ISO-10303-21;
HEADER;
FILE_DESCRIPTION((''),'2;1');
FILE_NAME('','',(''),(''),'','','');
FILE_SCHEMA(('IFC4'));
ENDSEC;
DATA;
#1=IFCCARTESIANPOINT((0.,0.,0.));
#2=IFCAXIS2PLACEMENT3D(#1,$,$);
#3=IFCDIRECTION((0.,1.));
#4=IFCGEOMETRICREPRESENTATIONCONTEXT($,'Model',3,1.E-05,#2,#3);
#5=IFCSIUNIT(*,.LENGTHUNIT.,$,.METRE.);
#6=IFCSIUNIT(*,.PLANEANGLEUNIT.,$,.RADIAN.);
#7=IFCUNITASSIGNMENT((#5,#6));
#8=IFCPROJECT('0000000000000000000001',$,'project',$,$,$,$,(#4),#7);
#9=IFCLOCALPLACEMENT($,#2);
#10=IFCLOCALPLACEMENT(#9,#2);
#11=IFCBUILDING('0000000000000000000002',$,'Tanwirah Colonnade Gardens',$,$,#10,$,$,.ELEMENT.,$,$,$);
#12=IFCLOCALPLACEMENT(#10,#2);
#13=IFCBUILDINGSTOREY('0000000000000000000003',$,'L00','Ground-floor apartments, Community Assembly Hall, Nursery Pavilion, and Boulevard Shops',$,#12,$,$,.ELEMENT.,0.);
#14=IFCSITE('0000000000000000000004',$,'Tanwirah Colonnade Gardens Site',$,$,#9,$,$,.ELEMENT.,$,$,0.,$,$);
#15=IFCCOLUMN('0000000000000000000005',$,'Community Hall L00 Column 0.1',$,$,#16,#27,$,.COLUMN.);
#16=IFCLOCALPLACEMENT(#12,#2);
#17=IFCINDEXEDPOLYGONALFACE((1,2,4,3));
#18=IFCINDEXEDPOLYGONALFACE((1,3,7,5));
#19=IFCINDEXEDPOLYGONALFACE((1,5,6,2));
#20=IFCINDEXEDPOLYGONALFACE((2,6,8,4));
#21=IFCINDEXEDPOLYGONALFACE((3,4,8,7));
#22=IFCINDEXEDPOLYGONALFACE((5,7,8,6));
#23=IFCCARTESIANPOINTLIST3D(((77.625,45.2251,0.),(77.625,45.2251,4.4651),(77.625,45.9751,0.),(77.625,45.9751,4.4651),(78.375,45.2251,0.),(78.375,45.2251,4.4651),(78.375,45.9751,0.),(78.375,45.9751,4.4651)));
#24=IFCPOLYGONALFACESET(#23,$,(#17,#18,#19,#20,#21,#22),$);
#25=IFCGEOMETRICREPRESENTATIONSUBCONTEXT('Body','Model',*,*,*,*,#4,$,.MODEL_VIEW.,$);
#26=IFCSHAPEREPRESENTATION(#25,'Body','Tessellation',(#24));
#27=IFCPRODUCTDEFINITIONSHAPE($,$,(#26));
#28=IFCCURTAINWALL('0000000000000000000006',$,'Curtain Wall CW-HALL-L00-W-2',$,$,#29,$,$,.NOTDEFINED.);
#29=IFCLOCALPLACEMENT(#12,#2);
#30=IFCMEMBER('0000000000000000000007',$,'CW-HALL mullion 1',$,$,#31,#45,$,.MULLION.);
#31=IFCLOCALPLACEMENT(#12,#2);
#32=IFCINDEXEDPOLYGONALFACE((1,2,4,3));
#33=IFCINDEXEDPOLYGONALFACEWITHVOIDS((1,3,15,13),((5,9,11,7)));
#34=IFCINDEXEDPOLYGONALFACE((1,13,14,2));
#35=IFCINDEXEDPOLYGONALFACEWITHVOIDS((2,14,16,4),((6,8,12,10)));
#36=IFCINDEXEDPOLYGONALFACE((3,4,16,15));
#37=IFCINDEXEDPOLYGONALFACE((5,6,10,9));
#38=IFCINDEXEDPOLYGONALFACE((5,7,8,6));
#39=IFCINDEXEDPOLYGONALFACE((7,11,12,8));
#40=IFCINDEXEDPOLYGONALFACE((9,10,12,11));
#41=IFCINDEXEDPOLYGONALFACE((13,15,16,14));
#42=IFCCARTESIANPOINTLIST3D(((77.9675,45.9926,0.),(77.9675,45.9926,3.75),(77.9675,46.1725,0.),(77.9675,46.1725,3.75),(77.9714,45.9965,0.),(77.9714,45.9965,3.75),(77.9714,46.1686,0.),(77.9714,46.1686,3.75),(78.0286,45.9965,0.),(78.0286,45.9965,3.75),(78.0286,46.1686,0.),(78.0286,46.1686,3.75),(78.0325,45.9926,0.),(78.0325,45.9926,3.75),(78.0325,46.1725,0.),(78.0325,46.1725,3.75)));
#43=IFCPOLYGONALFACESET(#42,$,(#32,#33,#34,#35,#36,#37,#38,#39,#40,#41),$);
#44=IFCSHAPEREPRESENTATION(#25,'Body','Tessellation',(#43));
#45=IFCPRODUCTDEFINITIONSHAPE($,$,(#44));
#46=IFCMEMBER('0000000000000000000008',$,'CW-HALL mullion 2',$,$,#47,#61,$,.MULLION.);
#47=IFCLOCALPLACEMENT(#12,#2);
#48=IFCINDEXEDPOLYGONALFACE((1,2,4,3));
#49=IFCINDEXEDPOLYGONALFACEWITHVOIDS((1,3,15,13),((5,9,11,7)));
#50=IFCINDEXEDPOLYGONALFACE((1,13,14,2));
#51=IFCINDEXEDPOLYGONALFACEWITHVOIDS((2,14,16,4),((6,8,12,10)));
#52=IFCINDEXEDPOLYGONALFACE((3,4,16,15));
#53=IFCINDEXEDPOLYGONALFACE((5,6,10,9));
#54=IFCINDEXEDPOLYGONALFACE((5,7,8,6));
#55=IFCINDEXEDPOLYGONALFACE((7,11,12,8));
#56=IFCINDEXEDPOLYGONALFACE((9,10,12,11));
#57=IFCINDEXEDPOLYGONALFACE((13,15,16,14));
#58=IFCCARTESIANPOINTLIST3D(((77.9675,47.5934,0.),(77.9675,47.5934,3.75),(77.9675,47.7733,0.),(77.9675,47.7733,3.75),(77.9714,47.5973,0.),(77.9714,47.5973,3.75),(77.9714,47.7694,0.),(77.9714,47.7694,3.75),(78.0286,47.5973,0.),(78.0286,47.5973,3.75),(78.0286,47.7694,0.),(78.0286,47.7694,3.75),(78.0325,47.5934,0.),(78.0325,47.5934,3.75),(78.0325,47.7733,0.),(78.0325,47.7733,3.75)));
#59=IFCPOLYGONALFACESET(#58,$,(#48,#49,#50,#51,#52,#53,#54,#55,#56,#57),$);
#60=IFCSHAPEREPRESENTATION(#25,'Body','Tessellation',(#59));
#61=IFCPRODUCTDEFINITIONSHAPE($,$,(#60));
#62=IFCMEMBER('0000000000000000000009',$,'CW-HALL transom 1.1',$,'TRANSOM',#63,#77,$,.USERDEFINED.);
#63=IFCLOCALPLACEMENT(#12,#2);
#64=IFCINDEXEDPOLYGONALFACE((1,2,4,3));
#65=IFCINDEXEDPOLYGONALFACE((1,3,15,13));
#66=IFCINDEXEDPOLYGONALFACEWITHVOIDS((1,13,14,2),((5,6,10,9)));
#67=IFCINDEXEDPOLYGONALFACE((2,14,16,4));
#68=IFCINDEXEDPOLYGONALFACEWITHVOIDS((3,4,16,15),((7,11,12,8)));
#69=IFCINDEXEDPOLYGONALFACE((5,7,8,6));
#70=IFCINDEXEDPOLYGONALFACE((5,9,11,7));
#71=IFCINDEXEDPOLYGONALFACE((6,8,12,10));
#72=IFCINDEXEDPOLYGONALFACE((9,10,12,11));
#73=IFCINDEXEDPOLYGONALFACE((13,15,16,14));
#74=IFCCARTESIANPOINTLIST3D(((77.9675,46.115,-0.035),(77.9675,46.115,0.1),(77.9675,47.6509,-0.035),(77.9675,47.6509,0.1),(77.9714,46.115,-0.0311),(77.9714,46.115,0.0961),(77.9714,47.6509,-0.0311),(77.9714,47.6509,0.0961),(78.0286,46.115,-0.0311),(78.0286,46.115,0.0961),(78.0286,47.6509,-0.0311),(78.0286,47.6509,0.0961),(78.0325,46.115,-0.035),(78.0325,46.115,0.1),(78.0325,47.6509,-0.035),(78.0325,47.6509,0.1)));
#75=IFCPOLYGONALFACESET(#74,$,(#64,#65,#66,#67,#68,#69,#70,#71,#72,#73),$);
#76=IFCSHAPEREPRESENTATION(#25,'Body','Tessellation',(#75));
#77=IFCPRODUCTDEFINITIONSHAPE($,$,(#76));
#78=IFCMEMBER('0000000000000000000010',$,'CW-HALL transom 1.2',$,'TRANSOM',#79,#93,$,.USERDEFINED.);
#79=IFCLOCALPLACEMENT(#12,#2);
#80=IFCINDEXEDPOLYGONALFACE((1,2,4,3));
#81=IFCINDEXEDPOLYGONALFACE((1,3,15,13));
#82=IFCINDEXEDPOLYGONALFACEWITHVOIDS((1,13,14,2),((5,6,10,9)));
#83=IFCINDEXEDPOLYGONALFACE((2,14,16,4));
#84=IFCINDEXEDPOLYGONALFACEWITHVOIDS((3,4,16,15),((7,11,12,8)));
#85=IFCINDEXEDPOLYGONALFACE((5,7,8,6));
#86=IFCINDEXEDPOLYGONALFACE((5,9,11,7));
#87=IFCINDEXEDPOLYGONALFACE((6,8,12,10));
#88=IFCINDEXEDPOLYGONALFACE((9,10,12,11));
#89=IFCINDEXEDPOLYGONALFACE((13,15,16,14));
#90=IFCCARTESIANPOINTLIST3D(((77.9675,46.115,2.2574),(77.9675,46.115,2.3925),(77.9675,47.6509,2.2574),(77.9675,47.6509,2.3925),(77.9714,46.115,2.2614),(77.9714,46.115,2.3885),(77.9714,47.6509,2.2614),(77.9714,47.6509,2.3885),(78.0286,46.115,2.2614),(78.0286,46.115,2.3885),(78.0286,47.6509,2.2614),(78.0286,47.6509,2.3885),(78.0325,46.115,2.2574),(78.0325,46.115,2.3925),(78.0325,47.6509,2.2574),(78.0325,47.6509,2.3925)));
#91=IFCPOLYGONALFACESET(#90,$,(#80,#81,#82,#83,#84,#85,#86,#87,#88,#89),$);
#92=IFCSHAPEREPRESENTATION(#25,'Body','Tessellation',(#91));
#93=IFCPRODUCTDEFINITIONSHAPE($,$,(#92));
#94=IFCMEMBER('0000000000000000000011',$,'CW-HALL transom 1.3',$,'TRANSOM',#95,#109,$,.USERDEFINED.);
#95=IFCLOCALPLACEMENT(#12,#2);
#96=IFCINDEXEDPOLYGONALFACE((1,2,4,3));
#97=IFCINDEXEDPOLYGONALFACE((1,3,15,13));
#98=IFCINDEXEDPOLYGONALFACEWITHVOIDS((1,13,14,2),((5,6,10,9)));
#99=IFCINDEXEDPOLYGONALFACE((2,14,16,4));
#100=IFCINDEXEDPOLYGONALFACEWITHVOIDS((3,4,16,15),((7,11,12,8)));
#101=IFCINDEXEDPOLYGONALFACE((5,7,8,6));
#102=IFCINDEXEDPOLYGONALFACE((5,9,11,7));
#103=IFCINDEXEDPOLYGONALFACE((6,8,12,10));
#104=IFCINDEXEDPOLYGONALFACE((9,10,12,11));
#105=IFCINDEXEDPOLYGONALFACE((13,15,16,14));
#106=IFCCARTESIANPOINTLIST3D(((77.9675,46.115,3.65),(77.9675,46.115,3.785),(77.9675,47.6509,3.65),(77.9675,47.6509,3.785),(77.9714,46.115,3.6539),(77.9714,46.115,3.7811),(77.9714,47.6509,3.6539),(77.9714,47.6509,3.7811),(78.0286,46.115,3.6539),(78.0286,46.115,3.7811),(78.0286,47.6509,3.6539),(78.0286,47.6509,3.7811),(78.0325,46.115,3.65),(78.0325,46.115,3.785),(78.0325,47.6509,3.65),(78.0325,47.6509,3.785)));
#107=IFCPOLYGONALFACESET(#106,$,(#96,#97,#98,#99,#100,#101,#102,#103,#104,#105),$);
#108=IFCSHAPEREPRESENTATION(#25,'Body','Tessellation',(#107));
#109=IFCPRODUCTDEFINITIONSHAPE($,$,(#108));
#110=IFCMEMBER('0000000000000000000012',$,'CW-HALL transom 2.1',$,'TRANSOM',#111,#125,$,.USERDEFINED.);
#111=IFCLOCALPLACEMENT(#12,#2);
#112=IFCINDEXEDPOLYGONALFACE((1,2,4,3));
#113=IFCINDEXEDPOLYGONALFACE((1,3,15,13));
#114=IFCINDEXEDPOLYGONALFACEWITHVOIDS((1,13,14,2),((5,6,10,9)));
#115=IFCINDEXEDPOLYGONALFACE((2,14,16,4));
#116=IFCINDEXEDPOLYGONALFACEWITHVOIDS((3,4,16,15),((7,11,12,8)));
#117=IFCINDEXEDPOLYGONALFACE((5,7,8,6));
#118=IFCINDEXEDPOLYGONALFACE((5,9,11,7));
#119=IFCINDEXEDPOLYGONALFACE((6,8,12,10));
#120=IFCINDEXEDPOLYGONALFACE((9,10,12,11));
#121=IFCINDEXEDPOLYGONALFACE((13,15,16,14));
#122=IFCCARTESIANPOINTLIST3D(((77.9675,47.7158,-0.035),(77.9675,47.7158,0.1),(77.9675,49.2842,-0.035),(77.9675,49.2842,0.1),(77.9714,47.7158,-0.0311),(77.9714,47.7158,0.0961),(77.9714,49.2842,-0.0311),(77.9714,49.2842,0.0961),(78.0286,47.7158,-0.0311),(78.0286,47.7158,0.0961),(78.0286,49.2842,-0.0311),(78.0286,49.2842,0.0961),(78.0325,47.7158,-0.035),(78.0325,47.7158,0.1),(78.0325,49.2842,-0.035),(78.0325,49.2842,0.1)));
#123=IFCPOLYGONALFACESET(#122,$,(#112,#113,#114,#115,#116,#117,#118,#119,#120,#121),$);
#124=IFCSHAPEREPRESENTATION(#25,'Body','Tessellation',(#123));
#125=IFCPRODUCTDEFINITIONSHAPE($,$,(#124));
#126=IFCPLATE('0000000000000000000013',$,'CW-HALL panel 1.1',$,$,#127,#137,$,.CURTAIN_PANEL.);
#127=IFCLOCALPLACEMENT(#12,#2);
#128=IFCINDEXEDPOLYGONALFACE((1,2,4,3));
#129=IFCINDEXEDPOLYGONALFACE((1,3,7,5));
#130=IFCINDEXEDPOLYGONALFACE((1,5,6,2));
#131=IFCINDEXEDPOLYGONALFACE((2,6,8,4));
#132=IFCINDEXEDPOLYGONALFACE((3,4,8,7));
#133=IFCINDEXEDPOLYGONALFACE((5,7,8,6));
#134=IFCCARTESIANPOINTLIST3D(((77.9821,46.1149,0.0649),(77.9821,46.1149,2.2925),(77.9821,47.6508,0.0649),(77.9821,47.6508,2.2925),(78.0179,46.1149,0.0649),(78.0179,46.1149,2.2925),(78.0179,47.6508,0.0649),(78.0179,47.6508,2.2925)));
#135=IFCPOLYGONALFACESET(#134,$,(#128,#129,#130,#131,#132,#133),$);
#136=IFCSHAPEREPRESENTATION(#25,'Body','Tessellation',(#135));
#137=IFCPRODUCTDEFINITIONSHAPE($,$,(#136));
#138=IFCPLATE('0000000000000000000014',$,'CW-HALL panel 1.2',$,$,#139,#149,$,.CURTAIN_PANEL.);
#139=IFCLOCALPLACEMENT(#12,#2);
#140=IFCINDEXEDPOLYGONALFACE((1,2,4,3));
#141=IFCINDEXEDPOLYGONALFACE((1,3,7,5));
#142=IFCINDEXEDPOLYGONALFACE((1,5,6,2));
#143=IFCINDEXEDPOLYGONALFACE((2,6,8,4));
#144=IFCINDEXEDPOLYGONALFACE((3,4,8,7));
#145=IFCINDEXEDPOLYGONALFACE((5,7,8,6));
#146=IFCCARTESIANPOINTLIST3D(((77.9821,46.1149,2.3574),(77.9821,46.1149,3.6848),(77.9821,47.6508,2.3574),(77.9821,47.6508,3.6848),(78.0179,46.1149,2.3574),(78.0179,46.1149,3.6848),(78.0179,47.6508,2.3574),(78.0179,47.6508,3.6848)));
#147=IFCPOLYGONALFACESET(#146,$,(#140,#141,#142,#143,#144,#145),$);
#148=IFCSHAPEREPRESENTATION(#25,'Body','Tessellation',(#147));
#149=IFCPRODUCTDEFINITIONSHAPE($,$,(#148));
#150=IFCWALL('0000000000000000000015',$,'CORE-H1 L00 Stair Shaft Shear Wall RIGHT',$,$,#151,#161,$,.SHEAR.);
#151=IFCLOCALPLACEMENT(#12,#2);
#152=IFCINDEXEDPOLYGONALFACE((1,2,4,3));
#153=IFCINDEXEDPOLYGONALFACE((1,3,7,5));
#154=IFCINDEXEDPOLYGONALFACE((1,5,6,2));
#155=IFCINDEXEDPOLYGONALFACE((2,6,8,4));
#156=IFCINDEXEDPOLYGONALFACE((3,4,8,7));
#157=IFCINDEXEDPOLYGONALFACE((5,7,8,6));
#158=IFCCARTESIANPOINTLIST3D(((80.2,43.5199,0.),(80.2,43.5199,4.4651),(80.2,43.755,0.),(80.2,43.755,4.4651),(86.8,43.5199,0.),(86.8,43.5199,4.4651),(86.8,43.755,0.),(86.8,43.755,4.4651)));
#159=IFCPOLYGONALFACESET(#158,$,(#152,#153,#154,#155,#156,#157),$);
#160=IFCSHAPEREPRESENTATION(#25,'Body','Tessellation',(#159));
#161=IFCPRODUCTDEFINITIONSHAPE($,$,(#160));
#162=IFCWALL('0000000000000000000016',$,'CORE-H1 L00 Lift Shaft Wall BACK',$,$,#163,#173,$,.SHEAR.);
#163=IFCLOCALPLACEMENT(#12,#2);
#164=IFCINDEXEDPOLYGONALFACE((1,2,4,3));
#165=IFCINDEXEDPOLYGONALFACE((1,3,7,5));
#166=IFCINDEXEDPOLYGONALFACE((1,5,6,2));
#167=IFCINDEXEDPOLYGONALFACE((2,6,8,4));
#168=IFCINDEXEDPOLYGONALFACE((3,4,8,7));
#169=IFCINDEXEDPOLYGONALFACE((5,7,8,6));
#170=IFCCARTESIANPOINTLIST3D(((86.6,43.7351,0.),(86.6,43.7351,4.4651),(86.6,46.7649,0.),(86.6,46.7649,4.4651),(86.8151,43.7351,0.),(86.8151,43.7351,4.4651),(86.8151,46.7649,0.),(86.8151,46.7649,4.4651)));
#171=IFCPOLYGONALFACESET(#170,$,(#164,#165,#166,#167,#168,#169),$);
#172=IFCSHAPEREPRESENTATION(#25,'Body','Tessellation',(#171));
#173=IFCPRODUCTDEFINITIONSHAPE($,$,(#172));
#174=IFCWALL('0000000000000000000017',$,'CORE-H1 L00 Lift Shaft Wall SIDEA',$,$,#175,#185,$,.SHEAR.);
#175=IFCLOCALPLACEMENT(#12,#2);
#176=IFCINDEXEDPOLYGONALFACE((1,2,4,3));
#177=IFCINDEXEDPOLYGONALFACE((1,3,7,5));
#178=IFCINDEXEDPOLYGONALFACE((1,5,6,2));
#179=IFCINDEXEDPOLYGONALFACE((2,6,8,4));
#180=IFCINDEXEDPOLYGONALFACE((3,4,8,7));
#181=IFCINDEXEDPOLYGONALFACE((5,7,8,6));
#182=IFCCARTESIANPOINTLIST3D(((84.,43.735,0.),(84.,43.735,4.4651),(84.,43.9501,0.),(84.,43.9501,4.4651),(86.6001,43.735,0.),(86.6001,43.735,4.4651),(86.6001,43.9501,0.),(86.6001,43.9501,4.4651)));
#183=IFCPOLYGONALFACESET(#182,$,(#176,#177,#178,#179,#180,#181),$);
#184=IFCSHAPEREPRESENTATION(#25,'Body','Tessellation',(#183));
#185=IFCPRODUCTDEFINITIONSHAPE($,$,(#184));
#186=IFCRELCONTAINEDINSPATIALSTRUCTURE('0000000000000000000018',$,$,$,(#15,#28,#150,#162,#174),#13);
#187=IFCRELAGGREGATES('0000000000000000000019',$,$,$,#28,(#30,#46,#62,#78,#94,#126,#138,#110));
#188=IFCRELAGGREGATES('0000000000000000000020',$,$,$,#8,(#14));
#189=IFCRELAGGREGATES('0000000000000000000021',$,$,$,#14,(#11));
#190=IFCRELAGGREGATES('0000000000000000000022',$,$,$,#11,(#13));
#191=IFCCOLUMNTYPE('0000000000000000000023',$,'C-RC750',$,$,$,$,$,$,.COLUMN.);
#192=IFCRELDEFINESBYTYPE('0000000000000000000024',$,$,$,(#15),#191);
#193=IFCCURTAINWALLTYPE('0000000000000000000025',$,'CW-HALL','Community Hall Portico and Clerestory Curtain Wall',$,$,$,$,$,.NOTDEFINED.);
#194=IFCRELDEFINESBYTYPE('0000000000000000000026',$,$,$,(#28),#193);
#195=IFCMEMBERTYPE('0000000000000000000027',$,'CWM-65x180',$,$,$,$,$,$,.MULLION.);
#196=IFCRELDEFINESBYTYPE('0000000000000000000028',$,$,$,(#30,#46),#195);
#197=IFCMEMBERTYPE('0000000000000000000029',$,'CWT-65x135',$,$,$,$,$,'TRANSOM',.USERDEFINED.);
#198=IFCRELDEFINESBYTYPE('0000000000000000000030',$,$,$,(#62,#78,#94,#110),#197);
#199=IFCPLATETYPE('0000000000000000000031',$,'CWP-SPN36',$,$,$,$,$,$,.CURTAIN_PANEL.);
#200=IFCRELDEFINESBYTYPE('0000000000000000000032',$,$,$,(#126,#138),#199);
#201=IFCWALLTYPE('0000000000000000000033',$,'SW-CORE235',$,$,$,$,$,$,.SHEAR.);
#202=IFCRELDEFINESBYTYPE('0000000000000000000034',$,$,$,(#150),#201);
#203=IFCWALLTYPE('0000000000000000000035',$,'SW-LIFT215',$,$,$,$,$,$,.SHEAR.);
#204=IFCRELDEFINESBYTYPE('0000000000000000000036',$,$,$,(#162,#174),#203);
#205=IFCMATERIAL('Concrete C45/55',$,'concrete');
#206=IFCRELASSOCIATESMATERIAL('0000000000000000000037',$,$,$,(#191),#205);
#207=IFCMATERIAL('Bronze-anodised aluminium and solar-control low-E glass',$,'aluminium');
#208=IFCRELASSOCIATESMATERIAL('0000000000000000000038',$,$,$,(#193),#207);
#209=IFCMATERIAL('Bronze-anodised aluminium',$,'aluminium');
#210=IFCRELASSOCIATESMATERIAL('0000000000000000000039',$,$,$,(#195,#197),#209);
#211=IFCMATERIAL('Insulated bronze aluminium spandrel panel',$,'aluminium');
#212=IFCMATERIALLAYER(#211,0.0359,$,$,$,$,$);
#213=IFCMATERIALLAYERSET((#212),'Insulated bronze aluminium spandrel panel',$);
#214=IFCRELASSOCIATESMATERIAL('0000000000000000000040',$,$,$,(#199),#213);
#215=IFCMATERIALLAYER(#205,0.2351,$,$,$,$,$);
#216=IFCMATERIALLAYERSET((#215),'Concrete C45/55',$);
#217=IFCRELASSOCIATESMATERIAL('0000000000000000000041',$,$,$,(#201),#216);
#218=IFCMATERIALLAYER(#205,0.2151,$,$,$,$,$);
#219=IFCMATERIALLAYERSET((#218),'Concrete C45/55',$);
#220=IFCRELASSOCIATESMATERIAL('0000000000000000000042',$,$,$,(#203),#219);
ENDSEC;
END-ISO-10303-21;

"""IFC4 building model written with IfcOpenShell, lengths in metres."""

from ifc_helpers import new_model, si_unit, direction, frame, frame_2d, origin, origin_2d, place, context, subcontext, project, spatial, rectangle, hollow_rectangle, extrude, material, layer, layer_set, material_profile, profile_set, type_object, element, aggregate, save


model = new_model("IFC4")

# Units and contexts
model_context = context("Model", 3, precision=1e-05, world=origin(), true_north=direction((0.0, 1.0)))
body_context = subcontext(model_context, "Body", "Model", "MODEL_VIEW")
ifc_project = project(units=[si_unit("LENGTHUNIT", "METRE"), si_unit("PLANEANGLEUNIT", "RADIAN")], contexts=[model_context])

# Site, building, storey
site_placement = place(None, origin())
site = spatial("IfcSite", under=ifc_project, at=site_placement, Name="Tanwirah Colonnade Gardens Site", CompositionType="ELEMENT", RefElevation=0.0)
building_placement = place(site_placement, origin())
building = spatial("IfcBuilding", under=site, at=building_placement, Name="Tanwirah Colonnade Gardens", CompositionType="ELEMENT")
storey_placement = place(building_placement, origin())
storey = spatial("IfcBuildingStorey", under=building, at=storey_placement, Name="L00", Description="Ground-floor apartments, Community Assembly Hall, Nursery Pavilion, and Boulevard Shops", CompositionType="ELEMENT", Elevation=0.0)

# Column
ifc_material_1 = material(Name="Concrete C45/55", Category="concrete")
ifc_material_profile_1 = material_profile(ifc_material_1, rectangle(XDim=0.75, YDim=0.75, at=origin_2d()), Name="RC-COL 750x750")
ifc_profile_set_1 = profile_set([ifc_material_profile_1], Name="Concrete C45/55")
column_type = type_object("IfcColumnType", Name="C-RC750", PredefinedType="COLUMN", material=ifc_profile_set_1)
column_placement = place(storey_placement, frame((78.0, 45.6001, 0.0), z_axis=(0.0, 0.0, 1.0), x_axis=(1.0, 0.0, 0.0)))
element("IfcColumn", 1, at=column_placement, inside=storey, type_object=column_type, Name="Community Hall L00 Column 0.1", PredefinedType="COLUMN", context=body_context, shape_type="SweptSolid", body=[
    extrude(rectangle(XDim=0.75, YDim=0.75, at=origin_2d()), origin(), (0.0, 0.0, 1.0), 4.4651),
])

# Curtain wall, members, plates
ifc_material_2 = material(Name="Bronze-anodised aluminium and solar-control low-E glass", Category="aluminium")
curtain_wall_type = type_object("IfcCurtainWallType", Name="CW-HALL", Description="Community Hall Portico and Clerestory Curtain Wall", PredefinedType="NOTDEFINED", material=ifc_material_2)
curtain_wall_placement = place(storey_placement, origin())
curtain_wall = element("IfcCurtainWall", 2, at=curtain_wall_placement, inside=storey, type_object=curtain_wall_type, Name="Curtain Wall CW-HALL-L00-W-2", PredefinedType="NOTDEFINED")
ifc_material_3 = material(Name="Bronze-anodised aluminium", Category="aluminium")
ifc_material_profile_2 = material_profile(ifc_material_3, hollow_rectangle(XDim=0.0649, YDim=0.1799, WallThickness=0.0039, at=origin_2d()), Name="CW-MUL 65x180x4")
ifc_profile_set_2 = profile_set([ifc_material_profile_2], Name="Bronze-anodised aluminium")
member_type_1 = type_object("IfcMemberType", Name="CWM-65x180", PredefinedType="MULLION", material=ifc_profile_set_2)
member_1_placement = place(storey_placement, frame((78.0, 46.0825, 0.0), z_axis=(0.0, 0.0, 1.0), x_axis=(-1.0, 0.0, 0.0)))
member_1 = element("IfcMember", 3, at=member_1_placement, type_object=member_type_1, Name="CW-HALL mullion 1", PredefinedType="MULLION", context=body_context, shape_type="SweptSolid", body=[
    extrude(hollow_rectangle(XDim=0.0649, YDim=0.1799, WallThickness=0.0039, at=origin_2d()), origin(), (0.0, 0.0, 1.0), 3.75),
])
member_2_placement = place(storey_placement, frame((78.0, 47.6833, 0.0), z_axis=(0.0, 0.0, 1.0), x_axis=(-1.0, 0.0, 0.0)))
member_2 = element("IfcMember", 4, at=member_2_placement, type_object=member_type_1, Name="CW-HALL mullion 2", PredefinedType="MULLION", context=body_context, shape_type="SweptSolid", body=[
    extrude(hollow_rectangle(XDim=0.0649, YDim=0.1799, WallThickness=0.0039, at=origin_2d()), origin(), (0.0, 0.0, 1.0), 3.75),
])
ifc_material_profile_3 = material_profile(ifc_material_3, hollow_rectangle(XDim=0.0649, YDim=0.135, WallThickness=0.0039, at=origin_2d()), Name="CW-TRN 65x135x4")
ifc_profile_set_3 = profile_set([ifc_material_profile_3], Name="Bronze-anodised aluminium")
member_type_2 = type_object("IfcMemberType", Name="CWT-65x135", ElementType="TRANSOM", PredefinedType="USERDEFINED", material=ifc_profile_set_3)
member_3_placement = place(storey_placement, frame((78.0, 46.115, 0.0325), z_axis=(0.0, 1.0, 0.0), x_axis=(-1.0, 0.0, 0.0)))
member_3 = element("IfcMember", 5, at=member_3_placement, type_object=member_type_2, Name="CW-HALL transom 1.1", ObjectType="TRANSOM", PredefinedType="USERDEFINED", context=body_context, shape_type="SweptSolid", body=[
    extrude(hollow_rectangle(XDim=0.0649, YDim=0.135, WallThickness=0.0039, at=origin_2d()), origin(), (0.0, 0.0, 1.0), 1.5359),
])
member_4_placement = place(storey_placement, frame((78.0, 46.115, 2.325), z_axis=(0.0, 1.0, 0.0), x_axis=(-1.0, 0.0, 0.0)))
member_4 = element("IfcMember", 6, at=member_4_placement, type_object=member_type_2, Name="CW-HALL transom 1.2", ObjectType="TRANSOM", PredefinedType="USERDEFINED", context=body_context, shape_type="SweptSolid", body=[
    extrude(hollow_rectangle(XDim=0.0649, YDim=0.135, WallThickness=0.0039, at=origin_2d()), origin(), (0.0, 0.0, 1.0), 1.5359),
])
member_5_placement = place(storey_placement, frame((78.0, 46.115, 3.7175), z_axis=(0.0, 1.0, 0.0), x_axis=(-1.0, 0.0, 0.0)))
member_5 = element("IfcMember", 7, at=member_5_placement, type_object=member_type_2, Name="CW-HALL transom 1.3", ObjectType="TRANSOM", PredefinedType="USERDEFINED", context=body_context, shape_type="SweptSolid", body=[
    extrude(hollow_rectangle(XDim=0.0649, YDim=0.135, WallThickness=0.0039, at=origin_2d()), origin(), (0.0, 0.0, 1.0), 1.5359),
])
member_6_placement = place(storey_placement, frame((78.0, 47.7158, 0.0325), z_axis=(0.0, 1.0, 0.0), x_axis=(-1.0, 0.0, 0.0)))
member_6 = element("IfcMember", 8, at=member_6_placement, type_object=member_type_2, Name="CW-HALL transom 2.1", ObjectType="TRANSOM", PredefinedType="USERDEFINED", context=body_context, shape_type="SweptSolid", body=[
    extrude(hollow_rectangle(XDim=0.0649, YDim=0.135, WallThickness=0.0039, at=origin_2d()), origin(), (0.0, 0.0, 1.0), 1.5684),
])
ifc_material_4 = material(Name="Insulated bronze aluminium spandrel panel", Category="aluminium")
ifc_layer_1 = layer(ifc_material_4, 0.0359)
ifc_layer_set_1 = layer_set([ifc_layer_1], Name="Insulated bronze aluminium spandrel panel")
plate_type = type_object("IfcPlateType", Name="CWP-SPN36", PredefinedType="CURTAIN_PANEL", material=ifc_layer_set_1)
plate_1_placement = place(storey_placement, frame((78.0, 46.8828, 0.0649), z_axis=(0.0, 0.0, 1.0), x_axis=(0.0, 1.0, 0.0)))
plate_1 = element("IfcPlate", 9, at=plate_1_placement, type_object=plate_type, Name="CW-HALL panel 1.1", PredefinedType="CURTAIN_PANEL", context=body_context, shape_type="SweptSolid", body=[
    extrude(rectangle(XDim=1.5359, YDim=0.0359, at=origin_2d()), origin(), (0.0, 0.0, 1.0), 2.2275),
])
plate_2_placement = place(storey_placement, frame((78.0, 46.8828, 2.3574), z_axis=(0.0, 0.0, 1.0), x_axis=(0.0, 1.0, 0.0)))
plate_2 = element("IfcPlate", 10, at=plate_2_placement, type_object=plate_type, Name="CW-HALL panel 1.2", PredefinedType="CURTAIN_PANEL", context=body_context, shape_type="SweptSolid", body=[
    extrude(rectangle(XDim=1.5359, YDim=0.0359, at=origin_2d()), origin(), (0.0, 0.0, 1.0), 1.3274),
])
aggregate(curtain_wall, [member_1, member_2, member_3, member_4, member_5, plate_1, plate_2, member_6])

# Wall
ifc_layer_2 = layer(ifc_material_1, 0.2351)
ifc_layer_set_2 = layer_set([ifc_layer_2], Name="Concrete C45/55")
wall_type_1 = type_object("IfcWallType", Name="SW-CORE235", PredefinedType="SHEAR", material=ifc_layer_set_2)
wall_1_placement = place(storey_placement, frame((80.2, 43.6375, 0.0), z_axis=(0.0, 0.0, 1.0), x_axis=(1.0, 0.0, 0.0)))
element("IfcWall", 11, at=wall_1_placement, inside=storey, type_object=wall_type_1, Name="CORE-H1 L00 Stair Shaft Shear Wall RIGHT", PredefinedType="SHEAR", context=body_context, shape_type="SweptSolid", body=[
    extrude(rectangle(XDim=6.6001, YDim=0.2351, at=frame_2d((3.3, 0.0))), origin(), (0.0, 0.0, 1.0), 4.4651),
])

# Shared definitions
ifc_layer_3 = layer(ifc_material_1, 0.2151)
ifc_layer_set_3 = layer_set([ifc_layer_3], Name="Concrete C45/55")
wall_type_2 = type_object("IfcWallType", Name="SW-LIFT215", PredefinedType="SHEAR", material=ifc_layer_set_3)

# Walls
wall_2_placement = place(storey_placement, frame((86.7075, 43.7351, 0.0), z_axis=(0.0, 0.0, 1.0), x_axis=(0.0, 1.0, 0.0)))
element("IfcWall", 12, at=wall_2_placement, inside=storey, type_object=wall_type_2, Name="CORE-H1 L00 Lift Shaft Wall BACK", PredefinedType="SHEAR", context=body_context, shape_type="SweptSolid", body=[
    extrude(rectangle(XDim=3.0298, YDim=0.2151, at=frame_2d((1.5149, 0.0))), origin(), (0.0, 0.0, 1.0), 4.4651),
])
for number, where, z_axis, x_axis, name in (
    (13, (84.0, 43.8425, 0.0), (0.0, 0.0, 1.0), (1.0, 0.0, 0.0), "CORE-H1 L00 Lift Shaft Wall SIDEA"),
):
    element("IfcWall", number, at=place(storey_placement, frame(where, z_axis=z_axis, x_axis=x_axis)), inside=storey, type_object=wall_type_2, Name=name, PredefinedType="SHEAR", context=body_context, shape_type="SweptSolid", body=[
        extrude(rectangle(XDim=2.6001, YDim=0.2151, at=frame_2d((1.3, 0.0))), origin(), (0.0, 0.0, 1.0), 4.4651),
    ])

save(model, "model.ifc")
